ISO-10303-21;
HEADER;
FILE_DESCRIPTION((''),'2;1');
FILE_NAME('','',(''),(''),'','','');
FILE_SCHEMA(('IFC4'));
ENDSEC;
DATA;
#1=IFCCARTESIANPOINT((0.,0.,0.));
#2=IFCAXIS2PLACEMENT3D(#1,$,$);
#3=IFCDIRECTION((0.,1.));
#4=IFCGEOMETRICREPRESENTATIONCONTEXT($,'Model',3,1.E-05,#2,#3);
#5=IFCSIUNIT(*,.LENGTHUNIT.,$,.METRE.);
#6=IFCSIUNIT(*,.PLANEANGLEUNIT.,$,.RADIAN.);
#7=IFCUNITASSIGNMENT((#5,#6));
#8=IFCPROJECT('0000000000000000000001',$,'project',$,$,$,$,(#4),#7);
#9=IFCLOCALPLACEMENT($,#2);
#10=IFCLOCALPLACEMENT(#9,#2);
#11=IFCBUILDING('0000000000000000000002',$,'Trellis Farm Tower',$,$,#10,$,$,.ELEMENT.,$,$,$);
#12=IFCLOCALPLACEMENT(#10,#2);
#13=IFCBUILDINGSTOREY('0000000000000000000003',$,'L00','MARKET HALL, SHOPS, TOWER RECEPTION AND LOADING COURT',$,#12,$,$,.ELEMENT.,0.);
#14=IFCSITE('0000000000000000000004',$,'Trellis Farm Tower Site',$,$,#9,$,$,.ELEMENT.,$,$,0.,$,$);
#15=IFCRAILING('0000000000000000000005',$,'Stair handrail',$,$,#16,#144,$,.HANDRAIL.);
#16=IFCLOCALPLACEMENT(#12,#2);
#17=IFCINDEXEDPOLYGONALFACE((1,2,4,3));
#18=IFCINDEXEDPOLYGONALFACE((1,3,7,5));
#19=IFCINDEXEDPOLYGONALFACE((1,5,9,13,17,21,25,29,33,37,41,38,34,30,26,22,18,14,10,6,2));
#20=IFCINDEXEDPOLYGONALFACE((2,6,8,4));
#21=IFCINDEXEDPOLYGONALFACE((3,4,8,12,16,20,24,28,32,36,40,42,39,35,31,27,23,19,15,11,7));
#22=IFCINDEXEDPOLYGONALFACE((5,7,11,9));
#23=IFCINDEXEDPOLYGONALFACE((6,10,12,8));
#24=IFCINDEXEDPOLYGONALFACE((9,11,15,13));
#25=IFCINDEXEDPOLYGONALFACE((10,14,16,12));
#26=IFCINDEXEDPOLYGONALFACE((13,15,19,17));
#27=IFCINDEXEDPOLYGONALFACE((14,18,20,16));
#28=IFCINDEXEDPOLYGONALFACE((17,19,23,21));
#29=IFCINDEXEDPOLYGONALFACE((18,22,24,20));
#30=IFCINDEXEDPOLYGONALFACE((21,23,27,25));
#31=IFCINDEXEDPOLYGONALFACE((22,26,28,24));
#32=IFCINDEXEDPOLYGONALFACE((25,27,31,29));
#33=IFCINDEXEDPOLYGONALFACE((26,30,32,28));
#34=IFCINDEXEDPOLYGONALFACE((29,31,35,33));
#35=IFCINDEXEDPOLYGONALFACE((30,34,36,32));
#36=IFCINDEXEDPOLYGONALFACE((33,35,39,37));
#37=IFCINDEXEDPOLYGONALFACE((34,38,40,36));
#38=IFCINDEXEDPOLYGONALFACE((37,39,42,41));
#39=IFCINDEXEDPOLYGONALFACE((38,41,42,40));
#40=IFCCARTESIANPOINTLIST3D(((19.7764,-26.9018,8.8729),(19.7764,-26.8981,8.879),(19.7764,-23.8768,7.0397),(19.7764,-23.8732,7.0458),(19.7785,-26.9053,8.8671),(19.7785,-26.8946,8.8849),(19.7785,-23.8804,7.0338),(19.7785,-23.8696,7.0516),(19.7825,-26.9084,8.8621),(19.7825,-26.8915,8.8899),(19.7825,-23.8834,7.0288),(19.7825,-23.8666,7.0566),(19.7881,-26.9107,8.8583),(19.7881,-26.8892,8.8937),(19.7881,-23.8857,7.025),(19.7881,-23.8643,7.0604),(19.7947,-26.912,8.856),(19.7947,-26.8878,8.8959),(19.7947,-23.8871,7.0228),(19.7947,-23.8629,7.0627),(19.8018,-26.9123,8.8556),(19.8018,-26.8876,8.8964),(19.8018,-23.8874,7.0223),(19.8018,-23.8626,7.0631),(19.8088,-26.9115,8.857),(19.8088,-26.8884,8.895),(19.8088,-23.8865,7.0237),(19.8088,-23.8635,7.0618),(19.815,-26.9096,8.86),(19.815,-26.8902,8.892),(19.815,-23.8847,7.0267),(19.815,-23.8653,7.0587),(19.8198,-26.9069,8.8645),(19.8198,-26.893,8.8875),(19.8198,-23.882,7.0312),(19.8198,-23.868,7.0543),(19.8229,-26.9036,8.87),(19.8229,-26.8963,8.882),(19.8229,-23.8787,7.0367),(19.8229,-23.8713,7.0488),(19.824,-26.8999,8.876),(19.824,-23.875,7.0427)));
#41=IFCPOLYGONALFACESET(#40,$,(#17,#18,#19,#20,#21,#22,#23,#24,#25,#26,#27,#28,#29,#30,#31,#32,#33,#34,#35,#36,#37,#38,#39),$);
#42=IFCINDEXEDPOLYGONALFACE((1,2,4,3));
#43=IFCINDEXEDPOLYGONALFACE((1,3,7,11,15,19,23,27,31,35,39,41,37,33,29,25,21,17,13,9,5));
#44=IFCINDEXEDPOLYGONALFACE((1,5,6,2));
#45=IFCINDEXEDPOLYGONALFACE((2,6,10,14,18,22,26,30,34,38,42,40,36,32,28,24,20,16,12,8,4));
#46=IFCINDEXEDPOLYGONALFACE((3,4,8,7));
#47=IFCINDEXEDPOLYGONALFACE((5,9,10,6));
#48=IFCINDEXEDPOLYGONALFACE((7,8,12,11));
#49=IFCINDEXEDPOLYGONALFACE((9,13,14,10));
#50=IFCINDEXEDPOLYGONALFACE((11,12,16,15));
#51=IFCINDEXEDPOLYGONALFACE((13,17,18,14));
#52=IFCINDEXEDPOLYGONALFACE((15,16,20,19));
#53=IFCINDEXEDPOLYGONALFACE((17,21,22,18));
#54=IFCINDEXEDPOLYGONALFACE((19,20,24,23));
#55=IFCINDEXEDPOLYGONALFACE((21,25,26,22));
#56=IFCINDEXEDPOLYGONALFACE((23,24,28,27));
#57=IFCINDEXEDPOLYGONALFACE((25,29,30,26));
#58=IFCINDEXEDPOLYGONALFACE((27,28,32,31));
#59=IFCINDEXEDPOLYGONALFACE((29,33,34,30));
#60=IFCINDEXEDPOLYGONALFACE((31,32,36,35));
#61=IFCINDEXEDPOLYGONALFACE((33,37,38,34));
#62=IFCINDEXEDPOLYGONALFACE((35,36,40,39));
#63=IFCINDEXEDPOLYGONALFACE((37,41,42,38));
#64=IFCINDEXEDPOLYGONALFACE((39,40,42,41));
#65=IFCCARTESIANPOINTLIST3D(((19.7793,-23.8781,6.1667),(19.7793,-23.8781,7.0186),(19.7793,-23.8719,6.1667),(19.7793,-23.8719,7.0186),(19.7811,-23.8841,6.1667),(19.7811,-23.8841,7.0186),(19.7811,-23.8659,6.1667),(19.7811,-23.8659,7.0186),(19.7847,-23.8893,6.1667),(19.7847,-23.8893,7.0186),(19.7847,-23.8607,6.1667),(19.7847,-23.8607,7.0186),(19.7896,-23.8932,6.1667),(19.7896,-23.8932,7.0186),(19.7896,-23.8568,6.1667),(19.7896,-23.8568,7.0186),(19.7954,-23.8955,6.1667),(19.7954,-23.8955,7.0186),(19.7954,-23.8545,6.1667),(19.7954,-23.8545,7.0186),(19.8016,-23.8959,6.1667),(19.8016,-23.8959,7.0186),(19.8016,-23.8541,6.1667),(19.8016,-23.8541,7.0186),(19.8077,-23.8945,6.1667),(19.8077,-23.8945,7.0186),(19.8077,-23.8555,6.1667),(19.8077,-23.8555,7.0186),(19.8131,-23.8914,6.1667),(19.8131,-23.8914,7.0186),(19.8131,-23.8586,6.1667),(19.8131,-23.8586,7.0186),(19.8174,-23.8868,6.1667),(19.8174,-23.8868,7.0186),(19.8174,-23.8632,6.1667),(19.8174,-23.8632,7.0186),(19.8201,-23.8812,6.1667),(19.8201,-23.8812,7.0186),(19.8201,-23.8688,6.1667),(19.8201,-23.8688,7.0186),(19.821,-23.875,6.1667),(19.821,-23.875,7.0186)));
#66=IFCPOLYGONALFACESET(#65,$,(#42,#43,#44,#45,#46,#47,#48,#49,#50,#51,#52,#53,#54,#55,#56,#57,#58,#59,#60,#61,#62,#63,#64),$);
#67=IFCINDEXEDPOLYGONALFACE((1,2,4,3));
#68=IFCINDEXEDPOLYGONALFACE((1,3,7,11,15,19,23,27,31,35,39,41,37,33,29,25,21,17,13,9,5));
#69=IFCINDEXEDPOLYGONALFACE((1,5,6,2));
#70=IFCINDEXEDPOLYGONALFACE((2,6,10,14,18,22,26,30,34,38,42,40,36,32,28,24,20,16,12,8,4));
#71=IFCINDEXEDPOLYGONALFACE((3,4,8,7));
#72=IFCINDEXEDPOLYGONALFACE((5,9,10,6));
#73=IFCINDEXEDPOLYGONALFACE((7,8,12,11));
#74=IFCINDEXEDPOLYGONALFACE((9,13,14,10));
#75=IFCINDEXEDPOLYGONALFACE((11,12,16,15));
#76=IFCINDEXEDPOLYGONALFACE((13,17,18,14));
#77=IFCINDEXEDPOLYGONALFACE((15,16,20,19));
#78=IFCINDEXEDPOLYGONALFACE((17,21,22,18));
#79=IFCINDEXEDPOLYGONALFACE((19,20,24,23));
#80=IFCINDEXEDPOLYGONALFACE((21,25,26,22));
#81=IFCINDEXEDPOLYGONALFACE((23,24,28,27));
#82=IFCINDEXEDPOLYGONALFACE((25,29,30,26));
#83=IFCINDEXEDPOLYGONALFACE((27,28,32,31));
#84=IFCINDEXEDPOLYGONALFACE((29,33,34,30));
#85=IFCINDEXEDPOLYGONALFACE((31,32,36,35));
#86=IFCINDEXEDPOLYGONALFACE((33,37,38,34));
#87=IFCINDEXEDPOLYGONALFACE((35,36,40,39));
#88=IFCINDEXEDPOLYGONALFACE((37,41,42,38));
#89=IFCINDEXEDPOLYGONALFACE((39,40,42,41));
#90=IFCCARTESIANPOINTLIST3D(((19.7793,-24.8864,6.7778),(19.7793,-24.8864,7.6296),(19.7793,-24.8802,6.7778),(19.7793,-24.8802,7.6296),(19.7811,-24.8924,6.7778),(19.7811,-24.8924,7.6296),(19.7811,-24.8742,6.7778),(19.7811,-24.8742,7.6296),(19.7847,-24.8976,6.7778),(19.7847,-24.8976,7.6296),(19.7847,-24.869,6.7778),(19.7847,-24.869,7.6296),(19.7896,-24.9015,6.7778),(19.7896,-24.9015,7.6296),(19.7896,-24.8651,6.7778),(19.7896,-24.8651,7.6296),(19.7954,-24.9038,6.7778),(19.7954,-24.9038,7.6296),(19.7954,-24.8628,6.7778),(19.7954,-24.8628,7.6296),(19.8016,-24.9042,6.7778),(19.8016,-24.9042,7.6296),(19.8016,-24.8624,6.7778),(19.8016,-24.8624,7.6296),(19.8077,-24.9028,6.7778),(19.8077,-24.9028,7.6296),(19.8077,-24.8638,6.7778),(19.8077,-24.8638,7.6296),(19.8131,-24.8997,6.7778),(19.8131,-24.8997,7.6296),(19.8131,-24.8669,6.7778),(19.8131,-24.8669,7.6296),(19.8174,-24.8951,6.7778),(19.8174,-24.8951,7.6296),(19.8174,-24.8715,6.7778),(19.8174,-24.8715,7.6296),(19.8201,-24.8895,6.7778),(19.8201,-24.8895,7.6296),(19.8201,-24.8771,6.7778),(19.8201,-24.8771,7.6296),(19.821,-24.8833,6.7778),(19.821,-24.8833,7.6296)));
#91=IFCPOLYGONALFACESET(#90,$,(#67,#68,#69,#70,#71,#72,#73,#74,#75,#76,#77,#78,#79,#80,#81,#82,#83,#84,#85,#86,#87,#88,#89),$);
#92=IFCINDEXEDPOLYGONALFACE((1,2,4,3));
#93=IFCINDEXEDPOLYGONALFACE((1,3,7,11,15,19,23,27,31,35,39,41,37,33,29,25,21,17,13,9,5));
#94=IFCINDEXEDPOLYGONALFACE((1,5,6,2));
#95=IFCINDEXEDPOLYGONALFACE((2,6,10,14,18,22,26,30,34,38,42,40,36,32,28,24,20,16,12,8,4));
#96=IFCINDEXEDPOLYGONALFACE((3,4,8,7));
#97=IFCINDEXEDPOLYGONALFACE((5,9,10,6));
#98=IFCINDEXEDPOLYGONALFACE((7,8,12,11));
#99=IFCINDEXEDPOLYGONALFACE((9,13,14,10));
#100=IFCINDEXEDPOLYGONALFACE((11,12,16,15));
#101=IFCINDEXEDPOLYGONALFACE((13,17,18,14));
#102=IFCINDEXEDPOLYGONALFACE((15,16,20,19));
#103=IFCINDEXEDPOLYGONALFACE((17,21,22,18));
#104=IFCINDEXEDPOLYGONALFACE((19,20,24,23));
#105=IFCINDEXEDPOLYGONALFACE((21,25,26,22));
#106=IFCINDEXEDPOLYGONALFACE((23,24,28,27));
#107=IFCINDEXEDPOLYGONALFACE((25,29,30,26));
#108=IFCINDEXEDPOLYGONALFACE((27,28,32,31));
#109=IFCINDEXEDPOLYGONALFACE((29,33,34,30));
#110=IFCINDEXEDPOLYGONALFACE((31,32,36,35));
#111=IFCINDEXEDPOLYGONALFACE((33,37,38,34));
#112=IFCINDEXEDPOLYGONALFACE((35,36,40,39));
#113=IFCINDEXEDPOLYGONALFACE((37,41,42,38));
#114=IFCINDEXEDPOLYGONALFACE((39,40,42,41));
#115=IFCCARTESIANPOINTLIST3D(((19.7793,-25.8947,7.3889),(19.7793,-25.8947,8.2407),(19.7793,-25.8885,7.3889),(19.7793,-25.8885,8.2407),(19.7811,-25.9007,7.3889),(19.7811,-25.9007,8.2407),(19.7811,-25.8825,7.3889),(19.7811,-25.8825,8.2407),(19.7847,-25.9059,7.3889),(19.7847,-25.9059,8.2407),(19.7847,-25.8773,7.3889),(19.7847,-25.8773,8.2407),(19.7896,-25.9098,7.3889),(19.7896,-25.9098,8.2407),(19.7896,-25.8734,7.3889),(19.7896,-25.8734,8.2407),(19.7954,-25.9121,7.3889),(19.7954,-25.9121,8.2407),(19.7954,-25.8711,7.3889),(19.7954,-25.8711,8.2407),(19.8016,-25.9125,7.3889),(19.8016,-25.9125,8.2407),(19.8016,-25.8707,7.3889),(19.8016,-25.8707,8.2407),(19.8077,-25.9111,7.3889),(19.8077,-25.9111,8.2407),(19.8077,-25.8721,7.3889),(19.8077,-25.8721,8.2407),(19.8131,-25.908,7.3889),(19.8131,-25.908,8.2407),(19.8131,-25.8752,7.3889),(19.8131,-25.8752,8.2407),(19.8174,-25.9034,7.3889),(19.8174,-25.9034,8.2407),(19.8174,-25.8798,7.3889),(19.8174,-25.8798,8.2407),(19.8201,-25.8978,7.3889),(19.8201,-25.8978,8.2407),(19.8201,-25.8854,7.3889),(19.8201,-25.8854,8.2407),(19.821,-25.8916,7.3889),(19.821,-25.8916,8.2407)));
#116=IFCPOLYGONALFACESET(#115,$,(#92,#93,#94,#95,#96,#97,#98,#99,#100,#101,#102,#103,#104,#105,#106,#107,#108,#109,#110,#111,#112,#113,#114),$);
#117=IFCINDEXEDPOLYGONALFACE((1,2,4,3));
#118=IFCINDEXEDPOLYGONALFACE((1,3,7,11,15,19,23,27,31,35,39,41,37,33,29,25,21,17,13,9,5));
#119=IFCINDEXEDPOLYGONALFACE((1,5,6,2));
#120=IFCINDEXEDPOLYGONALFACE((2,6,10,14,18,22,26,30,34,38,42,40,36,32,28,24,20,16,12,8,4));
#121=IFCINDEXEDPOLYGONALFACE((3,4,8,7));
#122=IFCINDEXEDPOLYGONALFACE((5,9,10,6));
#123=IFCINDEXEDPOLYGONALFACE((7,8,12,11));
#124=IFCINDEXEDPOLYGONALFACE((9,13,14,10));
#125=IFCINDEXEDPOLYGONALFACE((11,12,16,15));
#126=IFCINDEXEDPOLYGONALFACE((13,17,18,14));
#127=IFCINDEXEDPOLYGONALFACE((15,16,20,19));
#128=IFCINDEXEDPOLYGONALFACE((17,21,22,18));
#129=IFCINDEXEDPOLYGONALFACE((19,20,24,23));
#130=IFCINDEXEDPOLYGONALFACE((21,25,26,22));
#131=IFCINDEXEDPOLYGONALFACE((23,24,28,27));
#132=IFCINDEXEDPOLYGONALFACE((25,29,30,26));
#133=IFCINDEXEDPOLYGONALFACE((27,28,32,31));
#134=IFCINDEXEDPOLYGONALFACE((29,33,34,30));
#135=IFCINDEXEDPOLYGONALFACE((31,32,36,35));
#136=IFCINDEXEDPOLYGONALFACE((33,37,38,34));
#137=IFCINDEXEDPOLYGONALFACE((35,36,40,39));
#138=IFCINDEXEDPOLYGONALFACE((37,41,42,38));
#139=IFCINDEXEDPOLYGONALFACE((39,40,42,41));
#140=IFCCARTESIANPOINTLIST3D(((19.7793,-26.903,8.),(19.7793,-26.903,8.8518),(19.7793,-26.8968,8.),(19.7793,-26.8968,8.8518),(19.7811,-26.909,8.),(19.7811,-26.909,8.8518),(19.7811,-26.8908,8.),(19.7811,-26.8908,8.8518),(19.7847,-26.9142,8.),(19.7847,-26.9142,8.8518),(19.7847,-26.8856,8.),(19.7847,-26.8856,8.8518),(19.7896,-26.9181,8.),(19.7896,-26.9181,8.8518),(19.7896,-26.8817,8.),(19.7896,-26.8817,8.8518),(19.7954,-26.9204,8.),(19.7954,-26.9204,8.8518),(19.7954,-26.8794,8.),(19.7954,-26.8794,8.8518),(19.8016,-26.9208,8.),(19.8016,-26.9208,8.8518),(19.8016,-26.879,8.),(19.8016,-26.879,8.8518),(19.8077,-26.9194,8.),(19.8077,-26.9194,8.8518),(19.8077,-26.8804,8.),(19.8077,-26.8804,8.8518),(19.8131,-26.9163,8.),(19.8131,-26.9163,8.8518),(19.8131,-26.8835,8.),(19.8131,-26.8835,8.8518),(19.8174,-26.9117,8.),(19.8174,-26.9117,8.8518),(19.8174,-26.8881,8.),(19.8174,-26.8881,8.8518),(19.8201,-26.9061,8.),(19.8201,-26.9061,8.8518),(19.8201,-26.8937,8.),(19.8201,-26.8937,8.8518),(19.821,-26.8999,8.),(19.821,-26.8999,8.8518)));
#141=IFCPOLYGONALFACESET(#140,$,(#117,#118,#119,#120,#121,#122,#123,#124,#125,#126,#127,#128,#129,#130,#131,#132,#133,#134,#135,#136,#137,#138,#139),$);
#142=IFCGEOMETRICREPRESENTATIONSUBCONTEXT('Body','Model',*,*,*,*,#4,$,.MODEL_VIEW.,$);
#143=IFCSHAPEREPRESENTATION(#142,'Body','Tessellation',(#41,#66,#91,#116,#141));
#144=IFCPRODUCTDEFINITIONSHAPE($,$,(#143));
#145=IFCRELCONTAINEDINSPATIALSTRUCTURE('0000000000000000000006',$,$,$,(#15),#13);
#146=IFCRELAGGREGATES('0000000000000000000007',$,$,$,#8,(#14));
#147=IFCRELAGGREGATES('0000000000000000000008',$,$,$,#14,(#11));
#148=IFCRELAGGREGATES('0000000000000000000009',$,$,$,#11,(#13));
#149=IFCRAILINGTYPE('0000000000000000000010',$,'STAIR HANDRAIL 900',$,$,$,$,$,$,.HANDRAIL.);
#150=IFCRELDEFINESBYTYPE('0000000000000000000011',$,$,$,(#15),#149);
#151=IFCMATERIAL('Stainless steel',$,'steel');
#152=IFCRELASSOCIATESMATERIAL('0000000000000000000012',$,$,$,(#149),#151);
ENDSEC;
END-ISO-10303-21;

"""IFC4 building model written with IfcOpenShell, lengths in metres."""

from ifc_helpers import new_model, si_unit, direction, frame, origin, origin_2d, place, context, subcontext, project, spatial, circle, extrude, source, transform, mapped, material, type_object, element, save


model = new_model("IFC4")

# Units and contexts
model_context = context("Model", 3, precision=1e-05, world=origin(), true_north=direction((0.0, 1.0)))
body_context = subcontext(model_context, "Body", "Model", "MODEL_VIEW")
ifc_project = project(units=[si_unit("LENGTHUNIT", "METRE"), si_unit("PLANEANGLEUNIT", "RADIAN")], contexts=[model_context])

# Site, building, storey
site_placement = place(None, origin())
site = spatial("IfcSite", under=ifc_project, at=site_placement, Name="Trellis Farm Tower Site", CompositionType="ELEMENT", RefElevation=0.0)
building_placement = place(site_placement, origin())
building = spatial("IfcBuilding", under=site, at=building_placement, Name="Trellis Farm Tower", CompositionType="ELEMENT")
storey_placement = place(building_placement, origin())
storey = spatial("IfcBuildingStorey", under=building, at=storey_placement, Name="L00", Description="MARKET HALL, SHOPS, TOWER RECEPTION AND LOADING COURT", CompositionType="ELEMENT", Elevation=0.0)

# Railing
ifc_material_1 = material(Name="Stainless steel", Category="steel")
railing_type = type_object("IfcRailingType", Name="STAIR HANDRAIL 900", PredefinedType="HANDRAIL", material=ifc_material_1)
shared_shape_1 = source(origin(), body_context, "Body", "SweptSolid", [
    extrude(circle(Radius=0.0239, at=origin_2d()), frame((0.0, 0.0, 0.876), z_axis=(0.0, -0.855201, 0.518297), x_axis=(1.0, 0.0, 0.0)), (0.0, 0.0, 1.0), 3.5371),
    extrude(circle(Radius=0.021, at=origin_2d()), origin(), (0.0, 0.0, 1.0), 0.8518),
    extrude(circle(Radius=0.021, at=origin_2d()), frame((0.0, -1.0083, 0.6111)), (0.0, 0.0, 1.0), 0.8518),
    extrude(circle(Radius=0.021, at=origin_2d()), frame((0.0, -2.0166, 1.2222)), (0.0, 0.0, 1.0), 0.8518),
    extrude(circle(Radius=0.021, at=origin_2d()), frame((0.0, -3.0249, 1.8333)), (0.0, 0.0, 1.0), 0.8518),
])
for number, where, name in (
    (1, (19.8, -23.875, 6.1667), "Stair handrail"),
):
    element("IfcRailing", number, at=place(storey_placement, frame(where)), inside=storey, type_object=railing_type, Name=name, PredefinedType="HANDRAIL", context=body_context, shape_type="MappedRepresentation", body=[
        mapped(shared_shape_1, transform((0.0, 0.0, 0.0))),
    ])

save(model, "model.ifc")
